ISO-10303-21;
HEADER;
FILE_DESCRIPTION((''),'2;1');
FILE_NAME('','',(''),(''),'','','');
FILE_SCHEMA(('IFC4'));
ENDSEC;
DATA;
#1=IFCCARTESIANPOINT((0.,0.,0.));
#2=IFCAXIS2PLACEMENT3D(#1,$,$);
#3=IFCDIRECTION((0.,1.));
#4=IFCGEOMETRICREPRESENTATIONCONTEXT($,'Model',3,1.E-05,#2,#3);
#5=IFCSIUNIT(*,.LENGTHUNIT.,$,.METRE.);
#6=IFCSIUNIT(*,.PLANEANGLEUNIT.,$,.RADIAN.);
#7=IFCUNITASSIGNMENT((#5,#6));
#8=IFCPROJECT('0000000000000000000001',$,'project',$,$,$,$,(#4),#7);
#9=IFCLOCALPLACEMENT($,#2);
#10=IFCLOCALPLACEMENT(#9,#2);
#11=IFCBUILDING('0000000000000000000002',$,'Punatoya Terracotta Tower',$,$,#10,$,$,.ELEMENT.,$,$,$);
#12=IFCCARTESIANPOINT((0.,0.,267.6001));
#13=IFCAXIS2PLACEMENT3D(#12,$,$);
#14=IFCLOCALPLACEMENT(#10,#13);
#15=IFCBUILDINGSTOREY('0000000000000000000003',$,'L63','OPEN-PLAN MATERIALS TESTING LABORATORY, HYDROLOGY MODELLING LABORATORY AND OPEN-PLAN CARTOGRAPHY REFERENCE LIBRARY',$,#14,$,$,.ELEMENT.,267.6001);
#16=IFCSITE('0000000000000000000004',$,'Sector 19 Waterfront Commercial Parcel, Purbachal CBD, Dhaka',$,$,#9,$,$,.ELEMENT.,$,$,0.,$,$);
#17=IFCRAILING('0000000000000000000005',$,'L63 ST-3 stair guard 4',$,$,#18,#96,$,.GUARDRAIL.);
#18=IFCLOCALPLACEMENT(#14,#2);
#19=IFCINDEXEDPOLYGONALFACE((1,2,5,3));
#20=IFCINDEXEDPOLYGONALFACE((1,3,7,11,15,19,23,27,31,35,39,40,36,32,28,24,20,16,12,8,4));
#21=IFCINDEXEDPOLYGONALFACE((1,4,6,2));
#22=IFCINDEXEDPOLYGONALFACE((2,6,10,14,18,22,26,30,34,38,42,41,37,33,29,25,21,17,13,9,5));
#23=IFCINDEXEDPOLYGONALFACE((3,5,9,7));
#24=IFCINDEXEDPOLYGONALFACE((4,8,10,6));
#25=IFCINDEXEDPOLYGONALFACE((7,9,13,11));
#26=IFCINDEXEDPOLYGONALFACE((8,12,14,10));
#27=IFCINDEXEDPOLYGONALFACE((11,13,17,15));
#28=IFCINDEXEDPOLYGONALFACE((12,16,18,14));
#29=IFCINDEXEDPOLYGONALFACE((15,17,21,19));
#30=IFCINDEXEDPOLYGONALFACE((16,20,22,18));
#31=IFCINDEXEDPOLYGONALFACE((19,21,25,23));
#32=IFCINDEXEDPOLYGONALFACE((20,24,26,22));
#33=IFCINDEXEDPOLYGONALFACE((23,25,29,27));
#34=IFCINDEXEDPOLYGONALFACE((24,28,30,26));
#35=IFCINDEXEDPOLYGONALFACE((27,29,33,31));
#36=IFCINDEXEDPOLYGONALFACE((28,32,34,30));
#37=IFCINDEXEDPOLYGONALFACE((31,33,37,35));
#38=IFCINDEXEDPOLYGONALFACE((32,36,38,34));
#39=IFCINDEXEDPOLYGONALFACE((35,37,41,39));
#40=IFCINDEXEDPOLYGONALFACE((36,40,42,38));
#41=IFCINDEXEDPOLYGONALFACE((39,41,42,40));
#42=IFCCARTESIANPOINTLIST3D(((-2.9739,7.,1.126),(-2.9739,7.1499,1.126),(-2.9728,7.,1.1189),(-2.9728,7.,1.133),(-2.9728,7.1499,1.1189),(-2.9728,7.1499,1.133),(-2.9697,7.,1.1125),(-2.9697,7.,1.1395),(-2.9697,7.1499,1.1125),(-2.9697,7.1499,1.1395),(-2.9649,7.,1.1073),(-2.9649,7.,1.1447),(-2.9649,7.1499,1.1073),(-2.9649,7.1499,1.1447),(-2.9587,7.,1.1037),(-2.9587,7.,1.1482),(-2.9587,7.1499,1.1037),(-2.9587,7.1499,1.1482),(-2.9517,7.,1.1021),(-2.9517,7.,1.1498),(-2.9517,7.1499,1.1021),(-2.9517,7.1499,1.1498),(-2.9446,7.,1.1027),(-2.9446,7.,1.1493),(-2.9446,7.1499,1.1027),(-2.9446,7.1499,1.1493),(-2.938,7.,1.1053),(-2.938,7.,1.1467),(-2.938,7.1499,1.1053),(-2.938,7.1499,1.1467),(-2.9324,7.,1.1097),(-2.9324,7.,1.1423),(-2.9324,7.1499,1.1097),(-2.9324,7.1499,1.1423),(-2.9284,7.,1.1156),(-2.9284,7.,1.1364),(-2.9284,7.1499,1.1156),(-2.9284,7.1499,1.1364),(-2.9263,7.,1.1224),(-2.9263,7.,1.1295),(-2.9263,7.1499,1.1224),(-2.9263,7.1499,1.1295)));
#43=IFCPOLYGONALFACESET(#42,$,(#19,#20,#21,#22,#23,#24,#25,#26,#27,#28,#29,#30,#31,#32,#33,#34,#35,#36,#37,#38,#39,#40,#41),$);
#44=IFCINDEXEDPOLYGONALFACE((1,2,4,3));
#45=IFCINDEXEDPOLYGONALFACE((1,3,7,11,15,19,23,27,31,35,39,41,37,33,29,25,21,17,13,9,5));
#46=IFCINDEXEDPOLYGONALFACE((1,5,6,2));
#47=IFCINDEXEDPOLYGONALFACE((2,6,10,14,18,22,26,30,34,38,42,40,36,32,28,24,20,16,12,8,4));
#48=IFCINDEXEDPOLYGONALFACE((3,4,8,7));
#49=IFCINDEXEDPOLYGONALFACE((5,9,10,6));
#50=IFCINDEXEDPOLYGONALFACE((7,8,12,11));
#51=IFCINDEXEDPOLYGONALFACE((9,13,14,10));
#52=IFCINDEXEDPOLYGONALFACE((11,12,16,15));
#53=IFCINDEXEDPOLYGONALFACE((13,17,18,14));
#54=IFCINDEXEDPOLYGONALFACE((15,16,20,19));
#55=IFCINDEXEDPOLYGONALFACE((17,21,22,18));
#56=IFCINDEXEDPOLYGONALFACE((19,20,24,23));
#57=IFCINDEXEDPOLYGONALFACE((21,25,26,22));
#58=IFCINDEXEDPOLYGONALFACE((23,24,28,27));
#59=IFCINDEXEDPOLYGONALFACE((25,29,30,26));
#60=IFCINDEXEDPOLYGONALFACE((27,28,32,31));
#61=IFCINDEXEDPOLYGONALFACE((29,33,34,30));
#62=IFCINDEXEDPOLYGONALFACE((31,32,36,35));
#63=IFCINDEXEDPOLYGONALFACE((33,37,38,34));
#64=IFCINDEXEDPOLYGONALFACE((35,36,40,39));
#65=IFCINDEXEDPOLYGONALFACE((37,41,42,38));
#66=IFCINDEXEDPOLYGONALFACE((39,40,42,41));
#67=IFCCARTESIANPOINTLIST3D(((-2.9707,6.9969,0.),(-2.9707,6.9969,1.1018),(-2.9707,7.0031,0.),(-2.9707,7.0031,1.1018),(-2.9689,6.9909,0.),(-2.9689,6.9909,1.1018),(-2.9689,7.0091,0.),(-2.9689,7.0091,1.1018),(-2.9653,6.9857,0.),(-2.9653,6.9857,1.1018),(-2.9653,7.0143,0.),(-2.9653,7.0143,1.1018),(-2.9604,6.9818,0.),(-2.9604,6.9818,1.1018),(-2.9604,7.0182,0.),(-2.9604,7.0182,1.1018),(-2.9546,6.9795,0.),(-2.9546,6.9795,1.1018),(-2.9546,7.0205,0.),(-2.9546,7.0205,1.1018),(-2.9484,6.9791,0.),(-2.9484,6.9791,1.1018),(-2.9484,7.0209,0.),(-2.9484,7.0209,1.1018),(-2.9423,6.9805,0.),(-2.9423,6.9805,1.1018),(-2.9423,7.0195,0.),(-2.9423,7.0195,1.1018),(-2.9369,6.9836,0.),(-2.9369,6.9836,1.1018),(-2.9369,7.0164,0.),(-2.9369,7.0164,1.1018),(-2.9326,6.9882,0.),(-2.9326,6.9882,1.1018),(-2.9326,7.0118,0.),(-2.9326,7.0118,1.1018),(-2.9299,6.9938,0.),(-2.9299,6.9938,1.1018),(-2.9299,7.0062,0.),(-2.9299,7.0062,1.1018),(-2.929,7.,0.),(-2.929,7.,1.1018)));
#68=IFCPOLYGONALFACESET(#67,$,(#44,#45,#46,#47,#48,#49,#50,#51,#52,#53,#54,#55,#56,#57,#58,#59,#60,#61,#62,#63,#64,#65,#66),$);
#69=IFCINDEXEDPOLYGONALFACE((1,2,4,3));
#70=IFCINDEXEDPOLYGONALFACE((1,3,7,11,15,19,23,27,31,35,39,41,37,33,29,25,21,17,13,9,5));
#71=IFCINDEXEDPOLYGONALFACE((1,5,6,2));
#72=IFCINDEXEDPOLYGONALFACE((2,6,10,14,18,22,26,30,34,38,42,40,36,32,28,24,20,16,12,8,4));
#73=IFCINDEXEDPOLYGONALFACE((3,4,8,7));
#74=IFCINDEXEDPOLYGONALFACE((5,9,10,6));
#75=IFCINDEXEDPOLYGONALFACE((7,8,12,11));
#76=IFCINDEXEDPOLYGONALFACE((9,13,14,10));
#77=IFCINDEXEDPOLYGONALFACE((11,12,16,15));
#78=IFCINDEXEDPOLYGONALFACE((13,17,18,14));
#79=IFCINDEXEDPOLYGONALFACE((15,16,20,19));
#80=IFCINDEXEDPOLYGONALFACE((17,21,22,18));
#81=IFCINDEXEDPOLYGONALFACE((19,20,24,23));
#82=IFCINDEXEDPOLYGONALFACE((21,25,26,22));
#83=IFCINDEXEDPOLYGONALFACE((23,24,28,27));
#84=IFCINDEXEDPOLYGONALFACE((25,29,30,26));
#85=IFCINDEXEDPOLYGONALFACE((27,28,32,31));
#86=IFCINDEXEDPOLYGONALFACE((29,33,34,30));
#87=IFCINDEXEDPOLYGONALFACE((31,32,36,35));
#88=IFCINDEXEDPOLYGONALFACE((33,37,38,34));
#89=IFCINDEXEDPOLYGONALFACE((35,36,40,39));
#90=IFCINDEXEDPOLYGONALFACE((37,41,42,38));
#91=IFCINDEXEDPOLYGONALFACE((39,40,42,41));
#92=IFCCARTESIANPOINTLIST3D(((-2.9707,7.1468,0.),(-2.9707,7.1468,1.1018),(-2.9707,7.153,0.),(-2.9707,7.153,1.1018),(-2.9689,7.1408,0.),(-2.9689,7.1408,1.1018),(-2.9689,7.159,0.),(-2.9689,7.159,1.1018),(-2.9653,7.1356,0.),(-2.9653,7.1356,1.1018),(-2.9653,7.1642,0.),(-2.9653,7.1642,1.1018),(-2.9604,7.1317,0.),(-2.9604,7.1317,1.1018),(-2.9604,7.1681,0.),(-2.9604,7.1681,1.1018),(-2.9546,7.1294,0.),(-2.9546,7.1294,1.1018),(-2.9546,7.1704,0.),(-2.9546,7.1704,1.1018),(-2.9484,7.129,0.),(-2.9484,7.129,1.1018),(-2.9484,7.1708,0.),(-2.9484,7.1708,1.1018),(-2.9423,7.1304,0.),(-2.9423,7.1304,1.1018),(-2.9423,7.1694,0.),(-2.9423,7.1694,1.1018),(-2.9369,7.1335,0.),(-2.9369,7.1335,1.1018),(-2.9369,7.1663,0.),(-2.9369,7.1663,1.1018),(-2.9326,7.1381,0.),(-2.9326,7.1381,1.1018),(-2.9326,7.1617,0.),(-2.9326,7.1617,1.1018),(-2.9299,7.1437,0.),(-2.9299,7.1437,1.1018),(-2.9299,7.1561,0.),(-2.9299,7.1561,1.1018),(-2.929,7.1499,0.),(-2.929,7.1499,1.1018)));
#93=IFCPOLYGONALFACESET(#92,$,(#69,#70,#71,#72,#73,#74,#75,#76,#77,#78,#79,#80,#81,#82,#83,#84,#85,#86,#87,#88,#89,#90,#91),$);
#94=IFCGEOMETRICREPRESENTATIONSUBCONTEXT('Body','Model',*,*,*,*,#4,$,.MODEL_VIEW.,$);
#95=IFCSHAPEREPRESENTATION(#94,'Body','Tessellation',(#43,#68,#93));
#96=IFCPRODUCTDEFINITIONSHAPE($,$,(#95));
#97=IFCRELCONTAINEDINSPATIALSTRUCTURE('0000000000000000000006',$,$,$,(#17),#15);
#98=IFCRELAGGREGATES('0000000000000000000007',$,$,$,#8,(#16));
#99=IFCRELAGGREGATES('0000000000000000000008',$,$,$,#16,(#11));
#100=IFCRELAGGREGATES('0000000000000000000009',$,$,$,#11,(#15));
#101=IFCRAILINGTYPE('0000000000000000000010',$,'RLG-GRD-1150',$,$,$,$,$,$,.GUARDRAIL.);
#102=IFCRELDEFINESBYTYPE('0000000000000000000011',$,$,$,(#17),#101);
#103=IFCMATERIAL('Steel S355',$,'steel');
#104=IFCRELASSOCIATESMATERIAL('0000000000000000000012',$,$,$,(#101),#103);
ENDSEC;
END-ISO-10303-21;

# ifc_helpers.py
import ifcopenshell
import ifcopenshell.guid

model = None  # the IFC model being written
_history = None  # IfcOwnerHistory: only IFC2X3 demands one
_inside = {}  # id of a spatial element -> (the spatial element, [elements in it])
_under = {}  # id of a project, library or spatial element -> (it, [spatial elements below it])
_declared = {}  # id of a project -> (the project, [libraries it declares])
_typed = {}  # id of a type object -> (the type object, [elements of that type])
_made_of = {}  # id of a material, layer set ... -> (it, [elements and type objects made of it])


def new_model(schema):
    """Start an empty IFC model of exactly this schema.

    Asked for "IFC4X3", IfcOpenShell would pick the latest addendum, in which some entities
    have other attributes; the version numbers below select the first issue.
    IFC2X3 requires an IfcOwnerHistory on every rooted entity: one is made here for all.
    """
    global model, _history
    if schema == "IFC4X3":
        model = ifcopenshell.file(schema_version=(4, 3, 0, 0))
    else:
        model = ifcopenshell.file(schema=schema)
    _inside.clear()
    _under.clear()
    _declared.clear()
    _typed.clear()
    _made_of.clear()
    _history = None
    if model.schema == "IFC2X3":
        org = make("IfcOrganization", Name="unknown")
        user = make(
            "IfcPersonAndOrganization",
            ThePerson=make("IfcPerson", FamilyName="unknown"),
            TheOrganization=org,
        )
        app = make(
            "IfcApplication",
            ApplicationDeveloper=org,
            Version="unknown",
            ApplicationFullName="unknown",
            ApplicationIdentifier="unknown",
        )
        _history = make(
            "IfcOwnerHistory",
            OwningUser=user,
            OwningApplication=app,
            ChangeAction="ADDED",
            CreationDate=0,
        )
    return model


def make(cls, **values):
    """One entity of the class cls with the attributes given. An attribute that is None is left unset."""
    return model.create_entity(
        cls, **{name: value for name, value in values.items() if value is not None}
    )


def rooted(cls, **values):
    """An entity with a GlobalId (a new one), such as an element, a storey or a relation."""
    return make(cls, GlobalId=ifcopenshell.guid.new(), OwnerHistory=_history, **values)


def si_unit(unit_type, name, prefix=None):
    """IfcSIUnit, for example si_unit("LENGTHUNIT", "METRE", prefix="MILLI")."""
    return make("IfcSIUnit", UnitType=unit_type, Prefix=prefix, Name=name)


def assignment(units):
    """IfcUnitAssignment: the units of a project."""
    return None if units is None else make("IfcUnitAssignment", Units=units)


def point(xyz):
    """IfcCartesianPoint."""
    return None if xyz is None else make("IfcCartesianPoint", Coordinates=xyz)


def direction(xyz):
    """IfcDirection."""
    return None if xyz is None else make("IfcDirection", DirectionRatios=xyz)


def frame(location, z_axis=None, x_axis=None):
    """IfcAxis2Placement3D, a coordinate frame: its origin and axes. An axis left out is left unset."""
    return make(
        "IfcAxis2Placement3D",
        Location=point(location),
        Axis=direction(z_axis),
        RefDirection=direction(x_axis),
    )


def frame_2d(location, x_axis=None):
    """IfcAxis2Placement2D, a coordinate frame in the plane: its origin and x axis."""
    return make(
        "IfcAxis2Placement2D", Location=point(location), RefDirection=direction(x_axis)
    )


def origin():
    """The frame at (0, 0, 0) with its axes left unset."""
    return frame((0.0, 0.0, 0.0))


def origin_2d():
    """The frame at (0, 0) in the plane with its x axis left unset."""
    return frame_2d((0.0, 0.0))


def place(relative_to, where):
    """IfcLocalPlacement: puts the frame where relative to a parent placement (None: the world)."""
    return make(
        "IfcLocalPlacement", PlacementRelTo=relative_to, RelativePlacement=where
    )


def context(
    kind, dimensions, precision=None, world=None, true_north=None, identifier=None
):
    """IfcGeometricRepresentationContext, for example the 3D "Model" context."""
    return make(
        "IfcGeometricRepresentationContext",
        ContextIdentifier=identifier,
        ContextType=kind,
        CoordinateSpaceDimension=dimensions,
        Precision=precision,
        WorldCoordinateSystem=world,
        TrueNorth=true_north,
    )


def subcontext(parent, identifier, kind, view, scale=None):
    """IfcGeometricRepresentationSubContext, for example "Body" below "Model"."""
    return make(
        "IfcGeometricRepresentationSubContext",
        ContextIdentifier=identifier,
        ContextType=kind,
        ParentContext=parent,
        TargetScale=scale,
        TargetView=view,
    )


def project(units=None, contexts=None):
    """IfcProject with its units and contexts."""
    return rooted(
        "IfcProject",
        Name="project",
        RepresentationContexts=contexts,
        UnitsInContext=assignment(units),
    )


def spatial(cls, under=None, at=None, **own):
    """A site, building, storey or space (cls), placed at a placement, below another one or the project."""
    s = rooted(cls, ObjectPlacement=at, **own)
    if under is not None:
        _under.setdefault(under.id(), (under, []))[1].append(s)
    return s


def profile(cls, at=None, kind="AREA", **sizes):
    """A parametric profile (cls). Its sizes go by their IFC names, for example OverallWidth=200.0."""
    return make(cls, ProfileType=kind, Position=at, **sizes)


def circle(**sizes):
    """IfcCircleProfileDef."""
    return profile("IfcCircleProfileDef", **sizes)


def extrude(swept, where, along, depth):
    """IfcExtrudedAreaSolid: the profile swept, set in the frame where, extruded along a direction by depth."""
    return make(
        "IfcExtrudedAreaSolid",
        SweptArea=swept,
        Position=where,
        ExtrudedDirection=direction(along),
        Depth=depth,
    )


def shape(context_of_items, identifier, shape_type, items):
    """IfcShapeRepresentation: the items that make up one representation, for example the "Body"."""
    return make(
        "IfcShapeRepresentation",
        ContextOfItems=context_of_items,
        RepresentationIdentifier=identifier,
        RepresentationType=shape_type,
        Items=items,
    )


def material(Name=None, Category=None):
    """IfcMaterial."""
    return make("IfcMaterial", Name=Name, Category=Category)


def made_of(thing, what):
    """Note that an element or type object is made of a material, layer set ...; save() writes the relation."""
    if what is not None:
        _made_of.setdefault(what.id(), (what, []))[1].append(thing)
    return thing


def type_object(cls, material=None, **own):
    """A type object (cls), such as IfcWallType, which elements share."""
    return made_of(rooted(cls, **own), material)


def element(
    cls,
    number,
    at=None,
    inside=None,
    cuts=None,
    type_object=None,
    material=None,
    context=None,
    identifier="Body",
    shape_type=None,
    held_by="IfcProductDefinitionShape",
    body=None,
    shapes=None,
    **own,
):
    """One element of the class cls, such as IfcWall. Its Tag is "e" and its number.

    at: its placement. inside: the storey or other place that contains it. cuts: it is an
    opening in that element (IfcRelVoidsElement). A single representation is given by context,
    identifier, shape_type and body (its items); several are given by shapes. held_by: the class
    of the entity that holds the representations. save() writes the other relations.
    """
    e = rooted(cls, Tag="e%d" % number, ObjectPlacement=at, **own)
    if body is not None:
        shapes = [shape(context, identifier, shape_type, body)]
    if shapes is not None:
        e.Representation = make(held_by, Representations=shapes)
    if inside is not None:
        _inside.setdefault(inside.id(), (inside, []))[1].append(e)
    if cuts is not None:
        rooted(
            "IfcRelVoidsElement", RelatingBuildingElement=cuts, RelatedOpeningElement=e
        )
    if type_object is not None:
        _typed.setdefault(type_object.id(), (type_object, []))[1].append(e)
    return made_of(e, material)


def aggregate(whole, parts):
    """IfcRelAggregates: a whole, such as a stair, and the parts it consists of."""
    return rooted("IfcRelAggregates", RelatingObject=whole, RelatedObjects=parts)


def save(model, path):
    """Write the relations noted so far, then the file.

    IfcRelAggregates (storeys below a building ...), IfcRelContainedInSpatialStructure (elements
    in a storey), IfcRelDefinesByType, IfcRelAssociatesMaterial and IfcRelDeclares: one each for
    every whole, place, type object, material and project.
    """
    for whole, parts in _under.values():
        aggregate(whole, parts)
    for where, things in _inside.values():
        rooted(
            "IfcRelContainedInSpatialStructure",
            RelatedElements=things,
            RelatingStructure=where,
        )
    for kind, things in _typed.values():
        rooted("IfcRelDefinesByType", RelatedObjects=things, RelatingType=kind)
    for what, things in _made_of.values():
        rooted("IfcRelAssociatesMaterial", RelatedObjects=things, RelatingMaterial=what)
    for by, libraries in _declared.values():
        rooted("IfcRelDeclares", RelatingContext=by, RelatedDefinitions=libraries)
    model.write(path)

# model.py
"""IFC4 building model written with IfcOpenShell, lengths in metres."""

from ifc_helpers import new_model, si_unit, direction, frame, origin, origin_2d, place, context, subcontext, project, spatial, circle, extrude, material, type_object, element, save


model = new_model("IFC4")

# Units and contexts
model_context = context("Model", 3, precision=1e-05, world=origin(), true_north=direction((0.0, 1.0)))
body_context = subcontext(model_context, "Body", "Model", "MODEL_VIEW")
ifc_project = project(units=[si_unit("LENGTHUNIT", "METRE"), si_unit("PLANEANGLEUNIT", "RADIAN")], contexts=[model_context])

# Site, building, storey
site_placement = place(None, origin())
site = spatial("IfcSite", under=ifc_project, at=site_placement, Name="Sector 19 Waterfront Commercial Parcel, Purbachal CBD, Dhaka", CompositionType="ELEMENT", RefElevation=0.0)
building_placement = place(site_placement, origin())
building = spatial("IfcBuilding", under=site, at=building_placement, Name="Punatoya Terracotta Tower", CompositionType="ELEMENT")
storey_placement = place(building_placement, frame((0.0, 0.0, 267.6001)))
storey = spatial("IfcBuildingStorey", under=building, at=storey_placement, Name="L63", Description="OPEN-PLAN MATERIALS TESTING LABORATORY, HYDROLOGY MODELLING LABORATORY AND OPEN-PLAN CARTOGRAPHY REFERENCE LIBRARY", CompositionType="ELEMENT", Elevation=267.6001)

# Shared definitions
ifc_material_1 = material(Name="Steel S355", Category="steel")

# Railing
railing_type_1 = type_object("IfcRailingType", Name="RLG-GRD-1150", PredefinedType="GUARDRAIL", material=ifc_material_1)
railing_1_placement = place(storey_placement, frame((-2.95, 7.0, 0.0)))
element("IfcRailing", 1, at=railing_1_placement, inside=storey, type_object=railing_type_1, Name="L63 ST-3 stair guard 4", PredefinedType="GUARDRAIL", context=body_context, shape_type="SweptSolid", body=[
    extrude(circle(Radius=0.0239, at=origin_2d()), frame((0.0, 0.0, 1.126), z_axis=(0.0, 1.0, 0.0), x_axis=(-1.0, 0.0, 0.0)), (0.0, 0.0, 1.0), 0.1499),
    extrude(circle(Radius=0.021, at=origin_2d()), origin(), (0.0, 0.0, 1.0), 1.1018),
    extrude(circle(Radius=0.021, at=origin_2d()), frame((0.0, 0.1499, 0.0)), (0.0, 0.0, 1.0), 1.1018),
])

save(model, "model.ifc")
